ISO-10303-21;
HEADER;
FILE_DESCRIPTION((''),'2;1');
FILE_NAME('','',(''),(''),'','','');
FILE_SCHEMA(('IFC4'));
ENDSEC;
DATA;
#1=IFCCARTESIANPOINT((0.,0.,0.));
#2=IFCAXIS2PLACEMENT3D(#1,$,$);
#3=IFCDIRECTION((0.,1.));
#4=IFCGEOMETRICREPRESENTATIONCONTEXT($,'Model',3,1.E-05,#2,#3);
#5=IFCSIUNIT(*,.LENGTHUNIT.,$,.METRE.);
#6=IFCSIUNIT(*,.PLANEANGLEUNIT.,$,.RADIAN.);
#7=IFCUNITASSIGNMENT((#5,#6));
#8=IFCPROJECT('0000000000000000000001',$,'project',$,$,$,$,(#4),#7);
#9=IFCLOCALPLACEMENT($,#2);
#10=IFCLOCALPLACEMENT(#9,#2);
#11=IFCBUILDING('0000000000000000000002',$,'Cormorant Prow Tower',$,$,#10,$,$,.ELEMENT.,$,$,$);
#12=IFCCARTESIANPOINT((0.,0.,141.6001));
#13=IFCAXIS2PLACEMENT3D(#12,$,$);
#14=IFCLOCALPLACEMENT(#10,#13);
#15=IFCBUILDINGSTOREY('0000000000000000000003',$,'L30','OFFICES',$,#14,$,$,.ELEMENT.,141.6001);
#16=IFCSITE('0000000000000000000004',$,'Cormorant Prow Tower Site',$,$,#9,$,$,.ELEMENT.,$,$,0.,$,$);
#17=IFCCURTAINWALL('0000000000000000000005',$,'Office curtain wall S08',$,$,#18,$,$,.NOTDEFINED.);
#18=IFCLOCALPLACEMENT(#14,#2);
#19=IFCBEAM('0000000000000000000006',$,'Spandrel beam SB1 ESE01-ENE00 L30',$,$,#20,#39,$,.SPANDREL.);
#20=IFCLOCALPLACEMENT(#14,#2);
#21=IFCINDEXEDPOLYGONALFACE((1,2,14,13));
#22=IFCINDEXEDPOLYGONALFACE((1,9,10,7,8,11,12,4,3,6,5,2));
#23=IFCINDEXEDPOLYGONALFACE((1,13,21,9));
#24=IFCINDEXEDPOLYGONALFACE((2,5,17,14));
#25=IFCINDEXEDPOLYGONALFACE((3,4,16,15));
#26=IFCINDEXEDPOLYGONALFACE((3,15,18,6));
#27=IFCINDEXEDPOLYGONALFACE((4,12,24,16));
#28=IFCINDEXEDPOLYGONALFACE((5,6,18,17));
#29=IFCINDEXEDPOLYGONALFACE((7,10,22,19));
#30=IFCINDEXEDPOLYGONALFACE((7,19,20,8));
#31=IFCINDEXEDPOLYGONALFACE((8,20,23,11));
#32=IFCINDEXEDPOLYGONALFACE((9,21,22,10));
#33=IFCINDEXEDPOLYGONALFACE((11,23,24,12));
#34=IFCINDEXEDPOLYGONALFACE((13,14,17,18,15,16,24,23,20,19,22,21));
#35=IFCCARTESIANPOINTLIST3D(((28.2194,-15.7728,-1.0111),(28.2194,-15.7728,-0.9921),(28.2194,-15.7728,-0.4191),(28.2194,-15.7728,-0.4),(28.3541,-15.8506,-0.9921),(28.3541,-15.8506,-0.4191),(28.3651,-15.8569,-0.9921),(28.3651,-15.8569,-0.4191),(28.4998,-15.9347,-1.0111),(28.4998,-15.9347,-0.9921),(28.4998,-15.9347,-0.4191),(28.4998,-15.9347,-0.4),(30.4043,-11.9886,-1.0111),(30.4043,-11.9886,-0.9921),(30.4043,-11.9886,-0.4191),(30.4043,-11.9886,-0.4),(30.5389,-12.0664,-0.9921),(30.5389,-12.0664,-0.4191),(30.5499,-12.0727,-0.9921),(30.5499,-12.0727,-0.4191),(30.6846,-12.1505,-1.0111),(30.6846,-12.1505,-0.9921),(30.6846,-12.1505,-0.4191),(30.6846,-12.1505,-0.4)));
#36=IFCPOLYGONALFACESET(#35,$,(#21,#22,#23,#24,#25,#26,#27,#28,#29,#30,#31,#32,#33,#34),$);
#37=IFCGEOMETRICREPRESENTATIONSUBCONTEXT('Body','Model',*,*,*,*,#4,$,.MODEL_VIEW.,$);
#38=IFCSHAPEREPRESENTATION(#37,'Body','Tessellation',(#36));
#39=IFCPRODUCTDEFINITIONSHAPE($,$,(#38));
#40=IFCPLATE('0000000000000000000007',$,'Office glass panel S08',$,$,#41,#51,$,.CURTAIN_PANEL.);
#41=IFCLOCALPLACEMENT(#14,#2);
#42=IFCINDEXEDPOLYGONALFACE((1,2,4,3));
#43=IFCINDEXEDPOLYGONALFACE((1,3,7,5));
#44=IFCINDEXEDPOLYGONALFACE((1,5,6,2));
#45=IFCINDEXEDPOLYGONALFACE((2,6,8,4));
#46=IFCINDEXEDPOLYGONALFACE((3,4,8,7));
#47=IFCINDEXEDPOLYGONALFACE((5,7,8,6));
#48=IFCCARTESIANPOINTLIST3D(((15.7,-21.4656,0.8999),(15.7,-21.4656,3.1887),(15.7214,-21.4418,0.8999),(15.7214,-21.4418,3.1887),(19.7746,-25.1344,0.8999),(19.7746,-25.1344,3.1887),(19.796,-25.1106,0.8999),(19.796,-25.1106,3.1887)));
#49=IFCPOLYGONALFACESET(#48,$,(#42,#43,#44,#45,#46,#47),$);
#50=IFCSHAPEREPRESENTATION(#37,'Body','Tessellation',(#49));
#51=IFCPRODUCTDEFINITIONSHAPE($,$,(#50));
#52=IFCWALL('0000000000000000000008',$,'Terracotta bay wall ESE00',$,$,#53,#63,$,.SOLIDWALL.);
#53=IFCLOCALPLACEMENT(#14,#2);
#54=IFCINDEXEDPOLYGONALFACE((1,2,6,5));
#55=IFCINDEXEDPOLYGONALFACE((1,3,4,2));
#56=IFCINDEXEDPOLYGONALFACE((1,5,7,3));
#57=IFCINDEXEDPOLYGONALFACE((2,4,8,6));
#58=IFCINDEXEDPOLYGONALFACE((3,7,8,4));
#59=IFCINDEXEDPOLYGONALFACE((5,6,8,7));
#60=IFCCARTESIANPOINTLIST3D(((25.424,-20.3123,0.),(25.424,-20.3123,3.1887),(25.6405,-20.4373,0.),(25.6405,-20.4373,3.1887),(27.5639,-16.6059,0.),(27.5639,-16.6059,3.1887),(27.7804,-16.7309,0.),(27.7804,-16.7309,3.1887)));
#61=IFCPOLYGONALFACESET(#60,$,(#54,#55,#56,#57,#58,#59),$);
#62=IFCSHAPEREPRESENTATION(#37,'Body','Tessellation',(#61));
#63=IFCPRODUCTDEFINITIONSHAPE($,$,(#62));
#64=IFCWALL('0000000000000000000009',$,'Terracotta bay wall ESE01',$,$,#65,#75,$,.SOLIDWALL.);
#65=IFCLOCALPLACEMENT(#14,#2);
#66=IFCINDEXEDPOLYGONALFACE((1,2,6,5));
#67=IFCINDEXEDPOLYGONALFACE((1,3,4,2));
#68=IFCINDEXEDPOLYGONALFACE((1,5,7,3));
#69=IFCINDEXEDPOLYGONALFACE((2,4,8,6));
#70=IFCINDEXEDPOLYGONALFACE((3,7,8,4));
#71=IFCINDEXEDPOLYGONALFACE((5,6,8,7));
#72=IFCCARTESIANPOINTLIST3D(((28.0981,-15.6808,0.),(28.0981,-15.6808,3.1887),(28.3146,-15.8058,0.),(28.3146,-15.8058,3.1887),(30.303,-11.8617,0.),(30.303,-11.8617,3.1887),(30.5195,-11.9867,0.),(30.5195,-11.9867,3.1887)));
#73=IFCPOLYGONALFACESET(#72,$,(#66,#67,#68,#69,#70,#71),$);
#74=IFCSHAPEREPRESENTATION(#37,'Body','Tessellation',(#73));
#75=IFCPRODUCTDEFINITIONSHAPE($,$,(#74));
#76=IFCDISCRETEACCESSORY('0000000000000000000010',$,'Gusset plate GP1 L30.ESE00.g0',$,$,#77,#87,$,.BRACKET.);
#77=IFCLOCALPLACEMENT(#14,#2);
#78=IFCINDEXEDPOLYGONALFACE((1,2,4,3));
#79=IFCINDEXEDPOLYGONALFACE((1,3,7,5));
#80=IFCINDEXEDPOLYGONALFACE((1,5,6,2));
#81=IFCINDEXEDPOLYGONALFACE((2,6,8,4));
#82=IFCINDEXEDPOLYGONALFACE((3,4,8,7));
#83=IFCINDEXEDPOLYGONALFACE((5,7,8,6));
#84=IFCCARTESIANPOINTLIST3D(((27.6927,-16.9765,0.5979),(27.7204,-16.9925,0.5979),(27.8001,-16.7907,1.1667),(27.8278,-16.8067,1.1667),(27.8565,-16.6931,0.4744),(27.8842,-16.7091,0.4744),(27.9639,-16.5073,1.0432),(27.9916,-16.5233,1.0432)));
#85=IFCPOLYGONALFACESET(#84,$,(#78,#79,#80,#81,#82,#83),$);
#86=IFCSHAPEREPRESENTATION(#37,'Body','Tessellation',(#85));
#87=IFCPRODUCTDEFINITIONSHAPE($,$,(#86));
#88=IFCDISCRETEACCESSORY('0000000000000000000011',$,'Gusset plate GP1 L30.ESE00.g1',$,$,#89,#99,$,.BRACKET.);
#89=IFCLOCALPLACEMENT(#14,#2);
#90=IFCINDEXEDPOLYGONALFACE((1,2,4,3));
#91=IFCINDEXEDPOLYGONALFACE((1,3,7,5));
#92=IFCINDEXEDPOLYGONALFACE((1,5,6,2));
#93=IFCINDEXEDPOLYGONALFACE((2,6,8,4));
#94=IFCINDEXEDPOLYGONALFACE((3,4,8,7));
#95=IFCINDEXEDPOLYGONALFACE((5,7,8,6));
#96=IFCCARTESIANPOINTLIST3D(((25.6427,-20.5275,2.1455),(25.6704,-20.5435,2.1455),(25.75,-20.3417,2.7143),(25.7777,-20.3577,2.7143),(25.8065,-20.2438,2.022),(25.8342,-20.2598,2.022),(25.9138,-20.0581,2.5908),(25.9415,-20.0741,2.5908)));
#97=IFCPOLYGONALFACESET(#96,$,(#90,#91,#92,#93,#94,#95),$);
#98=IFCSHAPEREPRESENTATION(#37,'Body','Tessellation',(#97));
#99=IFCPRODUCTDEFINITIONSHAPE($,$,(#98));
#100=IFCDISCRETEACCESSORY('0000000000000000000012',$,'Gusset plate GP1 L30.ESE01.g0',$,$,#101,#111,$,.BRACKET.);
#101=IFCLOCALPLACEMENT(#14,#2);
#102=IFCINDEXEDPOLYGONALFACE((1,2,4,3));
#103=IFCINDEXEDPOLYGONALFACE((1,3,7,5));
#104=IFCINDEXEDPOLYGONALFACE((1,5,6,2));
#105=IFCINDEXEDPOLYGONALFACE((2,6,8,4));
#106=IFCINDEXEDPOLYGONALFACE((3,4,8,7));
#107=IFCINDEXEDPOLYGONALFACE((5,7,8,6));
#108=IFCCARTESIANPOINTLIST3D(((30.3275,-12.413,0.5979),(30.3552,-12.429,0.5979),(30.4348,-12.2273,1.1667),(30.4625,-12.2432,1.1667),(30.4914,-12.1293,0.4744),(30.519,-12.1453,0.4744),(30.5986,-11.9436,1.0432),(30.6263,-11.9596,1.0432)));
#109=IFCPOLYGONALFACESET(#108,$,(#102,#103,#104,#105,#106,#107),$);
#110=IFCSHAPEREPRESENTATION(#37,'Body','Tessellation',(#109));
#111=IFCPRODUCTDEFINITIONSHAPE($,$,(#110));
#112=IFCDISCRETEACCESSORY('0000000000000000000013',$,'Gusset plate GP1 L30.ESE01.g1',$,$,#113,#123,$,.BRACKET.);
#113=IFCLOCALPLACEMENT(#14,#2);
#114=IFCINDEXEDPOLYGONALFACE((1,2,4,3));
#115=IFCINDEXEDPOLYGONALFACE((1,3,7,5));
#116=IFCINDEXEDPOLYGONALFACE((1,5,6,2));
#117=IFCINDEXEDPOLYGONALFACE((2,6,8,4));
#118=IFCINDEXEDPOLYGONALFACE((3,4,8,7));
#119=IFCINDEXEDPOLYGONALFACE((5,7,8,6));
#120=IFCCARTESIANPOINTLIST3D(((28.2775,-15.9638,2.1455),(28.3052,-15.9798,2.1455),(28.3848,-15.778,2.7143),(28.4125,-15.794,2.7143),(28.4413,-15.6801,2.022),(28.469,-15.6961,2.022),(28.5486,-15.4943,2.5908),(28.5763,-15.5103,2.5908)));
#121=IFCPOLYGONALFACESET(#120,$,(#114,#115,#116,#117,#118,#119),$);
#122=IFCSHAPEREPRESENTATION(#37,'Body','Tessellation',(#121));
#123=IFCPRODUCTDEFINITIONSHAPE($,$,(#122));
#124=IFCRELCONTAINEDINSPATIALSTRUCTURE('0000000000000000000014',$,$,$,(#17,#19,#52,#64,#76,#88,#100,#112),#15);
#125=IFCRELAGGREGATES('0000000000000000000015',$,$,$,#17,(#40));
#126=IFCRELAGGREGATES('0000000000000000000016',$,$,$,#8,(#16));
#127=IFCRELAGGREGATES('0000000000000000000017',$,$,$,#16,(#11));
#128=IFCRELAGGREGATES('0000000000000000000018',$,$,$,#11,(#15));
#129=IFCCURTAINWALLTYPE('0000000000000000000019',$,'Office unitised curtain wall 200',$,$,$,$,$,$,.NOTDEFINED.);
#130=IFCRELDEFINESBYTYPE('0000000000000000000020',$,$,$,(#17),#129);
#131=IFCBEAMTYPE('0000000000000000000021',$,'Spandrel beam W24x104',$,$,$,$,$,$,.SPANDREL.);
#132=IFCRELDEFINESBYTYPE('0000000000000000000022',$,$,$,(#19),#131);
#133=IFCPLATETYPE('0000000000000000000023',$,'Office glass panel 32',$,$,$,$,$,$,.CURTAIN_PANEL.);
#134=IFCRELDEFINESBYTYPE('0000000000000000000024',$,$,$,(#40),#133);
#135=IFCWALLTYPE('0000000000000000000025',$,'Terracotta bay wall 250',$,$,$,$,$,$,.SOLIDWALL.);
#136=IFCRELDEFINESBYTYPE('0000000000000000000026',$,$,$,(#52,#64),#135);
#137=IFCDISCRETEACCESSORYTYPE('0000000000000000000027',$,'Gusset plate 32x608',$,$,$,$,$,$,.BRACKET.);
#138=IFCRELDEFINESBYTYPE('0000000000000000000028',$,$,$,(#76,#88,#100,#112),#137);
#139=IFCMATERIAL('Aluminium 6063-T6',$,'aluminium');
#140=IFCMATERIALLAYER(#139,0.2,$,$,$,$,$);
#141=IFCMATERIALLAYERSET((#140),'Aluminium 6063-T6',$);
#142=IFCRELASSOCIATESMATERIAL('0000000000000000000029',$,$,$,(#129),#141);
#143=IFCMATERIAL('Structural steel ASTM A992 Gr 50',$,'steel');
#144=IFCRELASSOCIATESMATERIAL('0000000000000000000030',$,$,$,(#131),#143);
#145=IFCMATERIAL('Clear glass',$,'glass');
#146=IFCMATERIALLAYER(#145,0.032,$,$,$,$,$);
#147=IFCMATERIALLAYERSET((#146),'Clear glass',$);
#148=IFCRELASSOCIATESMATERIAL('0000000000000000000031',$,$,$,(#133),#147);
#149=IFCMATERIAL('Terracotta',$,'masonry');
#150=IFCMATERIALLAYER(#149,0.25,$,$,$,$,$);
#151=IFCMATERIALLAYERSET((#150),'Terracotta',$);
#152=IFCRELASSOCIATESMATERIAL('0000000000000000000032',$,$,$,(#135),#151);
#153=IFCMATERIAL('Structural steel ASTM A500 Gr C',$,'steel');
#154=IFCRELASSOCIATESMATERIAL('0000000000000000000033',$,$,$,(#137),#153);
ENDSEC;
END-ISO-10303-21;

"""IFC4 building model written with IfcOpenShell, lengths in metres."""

from ifc_helpers import new_model, si_unit, direction, frame, frame_2d, origin, origin_2d, place, context, subcontext, project, spatial, rectangle, i_section, extrude, material, layer, layer_set, material_profile, profile_set, type_object, element, aggregate, save


model = new_model("IFC4")

# Units and contexts
model_context = context("Model", 3, precision=1e-05, world=origin(), true_north=direction((0.0, 1.0)))
body_context = subcontext(model_context, "Body", "Model", "MODEL_VIEW")
ifc_project = project(units=[si_unit("LENGTHUNIT", "METRE"), si_unit("PLANEANGLEUNIT", "RADIAN")], contexts=[model_context])

# Site, building, storey
site_placement = place(None, origin())
site = spatial("IfcSite", under=ifc_project, at=site_placement, Name="Cormorant Prow Tower Site", CompositionType="ELEMENT", RefElevation=0.0)
building_placement = place(site_placement, origin())
building = spatial("IfcBuilding", under=site, at=building_placement, Name="Cormorant Prow Tower", CompositionType="ELEMENT")
storey_placement = place(building_placement, frame((0.0, 0.0, 141.6001)))
storey = spatial("IfcBuildingStorey", under=building, at=storey_placement, Name="L30", Description="OFFICES", CompositionType="ELEMENT", Elevation=141.6001)

# Curtain wall
ifc_material_1 = material(Name="Aluminium 6063-T6", Category="aluminium")
ifc_layer_1 = layer(ifc_material_1, 0.2)
ifc_layer_set_1 = layer_set([ifc_layer_1], Name="Aluminium 6063-T6")
curtain_wall_type = type_object("IfcCurtainWallType", Name="Office unitised curtain wall 200", PredefinedType="NOTDEFINED", material=ifc_layer_set_1)
curtain_wall_placement = place(storey_placement, origin())
curtain_wall = element("IfcCurtainWall", 1, at=curtain_wall_placement, inside=storey, type_object=curtain_wall_type, Name="Office curtain wall S08", PredefinedType="NOTDEFINED")

# Beam
ifc_material_2 = material(Name="Structural steel ASTM A992 Gr 50", Category="steel")
ifc_material_profile_1 = material_profile(ifc_material_2, i_section(OverallWidth=0.3237, OverallDepth=0.6111, WebThickness=0.0127, FlangeThickness=0.019, at=origin_2d()), Name="W24x104")
ifc_profile_set_1 = profile_set([ifc_material_profile_1], Name="Structural steel ASTM A992 Gr 50")
beam_type = type_object("IfcBeamType", Name="Spandrel beam W24x104", PredefinedType="SPANDREL", material=ifc_profile_set_1)
for number, where, z_axis, x_axis, name in (
    (2, (28.3596, -15.8538, -0.7056), (0.500003, 0.866024, 0.0), (-0.866024, 0.500003, 0.0), "Spandrel beam SB1 ESE01-ENE00 L30"),
):
    element("IfcBeam", number, at=place(storey_placement, frame(where, z_axis=z_axis, x_axis=x_axis)), inside=storey, type_object=beam_type, Name=name, PredefinedType="SPANDREL", context=body_context, shape_type="SweptSolid", body=[
        extrude(i_section(OverallWidth=0.3237, OverallDepth=0.6111, WebThickness=0.0127, FlangeThickness=0.019, at=origin_2d()), origin(), (0.0, 0.0, 1.0), 4.3696),
    ])

# Plate
ifc_material_3 = material(Name="Clear glass", Category="glass")
ifc_layer_2 = layer(ifc_material_3, 0.032)
ifc_layer_set_2 = layer_set([ifc_layer_2], Name="Clear glass")
plate_type = type_object("IfcPlateType", Name="Office glass panel 32", PredefinedType="CURTAIN_PANEL", material=ifc_layer_set_2)
plate_placement = place(storey_placement, frame((17.748, -23.2881, 0.8999), z_axis=(0.0, 0.0, 1.0), x_axis=(0.743145, -0.669131, 0.0)))
plate = element("IfcPlate", 3, at=plate_placement, type_object=plate_type, Name="Office glass panel S08", PredefinedType="CURTAIN_PANEL", context=body_context, shape_type="SweptSolid", body=[
    extrude(rectangle(XDim=5.4829, YDim=0.032, at=origin_2d()), origin(), (0.0, 0.0, 1.0), 2.2888),
])
aggregate(curtain_wall, [plate])

# Walls
ifc_material_4 = material(Name="Terracotta", Category="masonry")
ifc_layer_3 = layer(ifc_material_4, 0.25)
ifc_layer_set_3 = layer_set([ifc_layer_3], Name="Terracotta")
wall_type_1 = type_object("IfcWallType", Name="Terracotta bay wall 250", PredefinedType="SOLIDWALL", material=ifc_layer_set_3)
wall_1_placement = place(storey_placement, frame((25.5322, -20.3748, 0.0), z_axis=(0.0, 0.0, 1.0), x_axis=(0.500011, 0.866019, 0.0)))
element("IfcWall", 4, at=wall_1_placement, inside=storey, type_object=wall_type_1, Name="Terracotta bay wall ESE00", PredefinedType="SOLIDWALL", context=body_context, shape_type="SweptSolid", body=[
    extrude(rectangle(XDim=4.2798, YDim=0.25, at=frame_2d((2.1399, 0.0))), origin(), (0.0, 0.0, 1.0), 3.1887),
])
wall_2_placement = place(storey_placement, frame((28.2063, -15.7434, 0.0), z_axis=(0.0, 0.0, 1.0), x_axis=(0.49998, 0.866037, 0.0)))
element("IfcWall", 5, at=wall_2_placement, inside=storey, type_object=wall_type_1, Name="Terracotta bay wall ESE01", PredefinedType="SOLIDWALL", context=body_context, shape_type="SweptSolid", body=[
    extrude(rectangle(XDim=4.4099, YDim=0.25, at=frame_2d((2.2051, 0.0))), origin(), (0.0, 0.0, 1.0), 3.1887),
])

# Discrete accessories
ifc_material_5 = material(Name="Structural steel ASTM A500 Gr C", Category="steel")
ifc_material_profile_2 = material_profile(ifc_material_5, rectangle(XDim=0.032, YDim=0.6079, at=origin_2d()), Name="Gusset plate 32x608")
ifc_profile_set_2 = profile_set([ifc_material_profile_2], Name="Structural steel ASTM A500 Gr C")
discrete_accessory_type = type_object("IfcDiscreteAccessoryType", Name="Gusset plate 32x608", PredefinedType="BRACKET", material=ifc_profile_set_2)
discrete_accessory_placement = place(storey_placement, frame((27.7603, -16.8916, 0.8823), z_axis=(0.468168, 0.810049, -0.353044), x_axis=(-0.8658, 0.500389, 0.0)))
element("IfcDiscreteAccessory", 6, at=discrete_accessory_placement, inside=storey, type_object=discrete_accessory_type, Name="Gusset plate GP1 L30.ESE00.g0", PredefinedType="BRACKET", context=body_context, shape_type="SweptSolid", body=[
    extrude(rectangle(XDim=0.032, YDim=0.6079, at=origin_2d()), origin(), (0.0, 0.0, 1.0), 0.3499),
])
for number, where, z_axis, x_axis, name in (
    (7, (25.874, -20.1589, 2.3064), (-0.467903, -0.810288, 0.352845), (0.865987, -0.500067, 0.0), "Gusset plate GP1 L30.ESE00.g1"),
    (8, (30.395, -12.3281, 0.8823), (0.467903, 0.810288, -0.352845), (-0.865987, 0.500067, 0.0), "Gusset plate GP1 L30.ESE01.g0"),
    (9, (28.5088, -15.5952, 2.3064), (-0.467903, -0.810288, 0.352845), (0.865987, -0.500067, 0.0), "Gusset plate GP1 L30.ESE01.g1"),
):
    element("IfcDiscreteAccessory", number, at=place(storey_placement, frame(where, z_axis=z_axis, x_axis=x_axis)), inside=storey, type_object=discrete_accessory_type, Name=name, PredefinedType="BRACKET", context=body_context, shape_type="SweptSolid", body=[
        extrude(rectangle(XDim=0.032, YDim=0.6079, at=origin_2d()), origin(), (0.0, 0.0, 1.0), 0.3501),
    ])

save(model, "model.ifc")
